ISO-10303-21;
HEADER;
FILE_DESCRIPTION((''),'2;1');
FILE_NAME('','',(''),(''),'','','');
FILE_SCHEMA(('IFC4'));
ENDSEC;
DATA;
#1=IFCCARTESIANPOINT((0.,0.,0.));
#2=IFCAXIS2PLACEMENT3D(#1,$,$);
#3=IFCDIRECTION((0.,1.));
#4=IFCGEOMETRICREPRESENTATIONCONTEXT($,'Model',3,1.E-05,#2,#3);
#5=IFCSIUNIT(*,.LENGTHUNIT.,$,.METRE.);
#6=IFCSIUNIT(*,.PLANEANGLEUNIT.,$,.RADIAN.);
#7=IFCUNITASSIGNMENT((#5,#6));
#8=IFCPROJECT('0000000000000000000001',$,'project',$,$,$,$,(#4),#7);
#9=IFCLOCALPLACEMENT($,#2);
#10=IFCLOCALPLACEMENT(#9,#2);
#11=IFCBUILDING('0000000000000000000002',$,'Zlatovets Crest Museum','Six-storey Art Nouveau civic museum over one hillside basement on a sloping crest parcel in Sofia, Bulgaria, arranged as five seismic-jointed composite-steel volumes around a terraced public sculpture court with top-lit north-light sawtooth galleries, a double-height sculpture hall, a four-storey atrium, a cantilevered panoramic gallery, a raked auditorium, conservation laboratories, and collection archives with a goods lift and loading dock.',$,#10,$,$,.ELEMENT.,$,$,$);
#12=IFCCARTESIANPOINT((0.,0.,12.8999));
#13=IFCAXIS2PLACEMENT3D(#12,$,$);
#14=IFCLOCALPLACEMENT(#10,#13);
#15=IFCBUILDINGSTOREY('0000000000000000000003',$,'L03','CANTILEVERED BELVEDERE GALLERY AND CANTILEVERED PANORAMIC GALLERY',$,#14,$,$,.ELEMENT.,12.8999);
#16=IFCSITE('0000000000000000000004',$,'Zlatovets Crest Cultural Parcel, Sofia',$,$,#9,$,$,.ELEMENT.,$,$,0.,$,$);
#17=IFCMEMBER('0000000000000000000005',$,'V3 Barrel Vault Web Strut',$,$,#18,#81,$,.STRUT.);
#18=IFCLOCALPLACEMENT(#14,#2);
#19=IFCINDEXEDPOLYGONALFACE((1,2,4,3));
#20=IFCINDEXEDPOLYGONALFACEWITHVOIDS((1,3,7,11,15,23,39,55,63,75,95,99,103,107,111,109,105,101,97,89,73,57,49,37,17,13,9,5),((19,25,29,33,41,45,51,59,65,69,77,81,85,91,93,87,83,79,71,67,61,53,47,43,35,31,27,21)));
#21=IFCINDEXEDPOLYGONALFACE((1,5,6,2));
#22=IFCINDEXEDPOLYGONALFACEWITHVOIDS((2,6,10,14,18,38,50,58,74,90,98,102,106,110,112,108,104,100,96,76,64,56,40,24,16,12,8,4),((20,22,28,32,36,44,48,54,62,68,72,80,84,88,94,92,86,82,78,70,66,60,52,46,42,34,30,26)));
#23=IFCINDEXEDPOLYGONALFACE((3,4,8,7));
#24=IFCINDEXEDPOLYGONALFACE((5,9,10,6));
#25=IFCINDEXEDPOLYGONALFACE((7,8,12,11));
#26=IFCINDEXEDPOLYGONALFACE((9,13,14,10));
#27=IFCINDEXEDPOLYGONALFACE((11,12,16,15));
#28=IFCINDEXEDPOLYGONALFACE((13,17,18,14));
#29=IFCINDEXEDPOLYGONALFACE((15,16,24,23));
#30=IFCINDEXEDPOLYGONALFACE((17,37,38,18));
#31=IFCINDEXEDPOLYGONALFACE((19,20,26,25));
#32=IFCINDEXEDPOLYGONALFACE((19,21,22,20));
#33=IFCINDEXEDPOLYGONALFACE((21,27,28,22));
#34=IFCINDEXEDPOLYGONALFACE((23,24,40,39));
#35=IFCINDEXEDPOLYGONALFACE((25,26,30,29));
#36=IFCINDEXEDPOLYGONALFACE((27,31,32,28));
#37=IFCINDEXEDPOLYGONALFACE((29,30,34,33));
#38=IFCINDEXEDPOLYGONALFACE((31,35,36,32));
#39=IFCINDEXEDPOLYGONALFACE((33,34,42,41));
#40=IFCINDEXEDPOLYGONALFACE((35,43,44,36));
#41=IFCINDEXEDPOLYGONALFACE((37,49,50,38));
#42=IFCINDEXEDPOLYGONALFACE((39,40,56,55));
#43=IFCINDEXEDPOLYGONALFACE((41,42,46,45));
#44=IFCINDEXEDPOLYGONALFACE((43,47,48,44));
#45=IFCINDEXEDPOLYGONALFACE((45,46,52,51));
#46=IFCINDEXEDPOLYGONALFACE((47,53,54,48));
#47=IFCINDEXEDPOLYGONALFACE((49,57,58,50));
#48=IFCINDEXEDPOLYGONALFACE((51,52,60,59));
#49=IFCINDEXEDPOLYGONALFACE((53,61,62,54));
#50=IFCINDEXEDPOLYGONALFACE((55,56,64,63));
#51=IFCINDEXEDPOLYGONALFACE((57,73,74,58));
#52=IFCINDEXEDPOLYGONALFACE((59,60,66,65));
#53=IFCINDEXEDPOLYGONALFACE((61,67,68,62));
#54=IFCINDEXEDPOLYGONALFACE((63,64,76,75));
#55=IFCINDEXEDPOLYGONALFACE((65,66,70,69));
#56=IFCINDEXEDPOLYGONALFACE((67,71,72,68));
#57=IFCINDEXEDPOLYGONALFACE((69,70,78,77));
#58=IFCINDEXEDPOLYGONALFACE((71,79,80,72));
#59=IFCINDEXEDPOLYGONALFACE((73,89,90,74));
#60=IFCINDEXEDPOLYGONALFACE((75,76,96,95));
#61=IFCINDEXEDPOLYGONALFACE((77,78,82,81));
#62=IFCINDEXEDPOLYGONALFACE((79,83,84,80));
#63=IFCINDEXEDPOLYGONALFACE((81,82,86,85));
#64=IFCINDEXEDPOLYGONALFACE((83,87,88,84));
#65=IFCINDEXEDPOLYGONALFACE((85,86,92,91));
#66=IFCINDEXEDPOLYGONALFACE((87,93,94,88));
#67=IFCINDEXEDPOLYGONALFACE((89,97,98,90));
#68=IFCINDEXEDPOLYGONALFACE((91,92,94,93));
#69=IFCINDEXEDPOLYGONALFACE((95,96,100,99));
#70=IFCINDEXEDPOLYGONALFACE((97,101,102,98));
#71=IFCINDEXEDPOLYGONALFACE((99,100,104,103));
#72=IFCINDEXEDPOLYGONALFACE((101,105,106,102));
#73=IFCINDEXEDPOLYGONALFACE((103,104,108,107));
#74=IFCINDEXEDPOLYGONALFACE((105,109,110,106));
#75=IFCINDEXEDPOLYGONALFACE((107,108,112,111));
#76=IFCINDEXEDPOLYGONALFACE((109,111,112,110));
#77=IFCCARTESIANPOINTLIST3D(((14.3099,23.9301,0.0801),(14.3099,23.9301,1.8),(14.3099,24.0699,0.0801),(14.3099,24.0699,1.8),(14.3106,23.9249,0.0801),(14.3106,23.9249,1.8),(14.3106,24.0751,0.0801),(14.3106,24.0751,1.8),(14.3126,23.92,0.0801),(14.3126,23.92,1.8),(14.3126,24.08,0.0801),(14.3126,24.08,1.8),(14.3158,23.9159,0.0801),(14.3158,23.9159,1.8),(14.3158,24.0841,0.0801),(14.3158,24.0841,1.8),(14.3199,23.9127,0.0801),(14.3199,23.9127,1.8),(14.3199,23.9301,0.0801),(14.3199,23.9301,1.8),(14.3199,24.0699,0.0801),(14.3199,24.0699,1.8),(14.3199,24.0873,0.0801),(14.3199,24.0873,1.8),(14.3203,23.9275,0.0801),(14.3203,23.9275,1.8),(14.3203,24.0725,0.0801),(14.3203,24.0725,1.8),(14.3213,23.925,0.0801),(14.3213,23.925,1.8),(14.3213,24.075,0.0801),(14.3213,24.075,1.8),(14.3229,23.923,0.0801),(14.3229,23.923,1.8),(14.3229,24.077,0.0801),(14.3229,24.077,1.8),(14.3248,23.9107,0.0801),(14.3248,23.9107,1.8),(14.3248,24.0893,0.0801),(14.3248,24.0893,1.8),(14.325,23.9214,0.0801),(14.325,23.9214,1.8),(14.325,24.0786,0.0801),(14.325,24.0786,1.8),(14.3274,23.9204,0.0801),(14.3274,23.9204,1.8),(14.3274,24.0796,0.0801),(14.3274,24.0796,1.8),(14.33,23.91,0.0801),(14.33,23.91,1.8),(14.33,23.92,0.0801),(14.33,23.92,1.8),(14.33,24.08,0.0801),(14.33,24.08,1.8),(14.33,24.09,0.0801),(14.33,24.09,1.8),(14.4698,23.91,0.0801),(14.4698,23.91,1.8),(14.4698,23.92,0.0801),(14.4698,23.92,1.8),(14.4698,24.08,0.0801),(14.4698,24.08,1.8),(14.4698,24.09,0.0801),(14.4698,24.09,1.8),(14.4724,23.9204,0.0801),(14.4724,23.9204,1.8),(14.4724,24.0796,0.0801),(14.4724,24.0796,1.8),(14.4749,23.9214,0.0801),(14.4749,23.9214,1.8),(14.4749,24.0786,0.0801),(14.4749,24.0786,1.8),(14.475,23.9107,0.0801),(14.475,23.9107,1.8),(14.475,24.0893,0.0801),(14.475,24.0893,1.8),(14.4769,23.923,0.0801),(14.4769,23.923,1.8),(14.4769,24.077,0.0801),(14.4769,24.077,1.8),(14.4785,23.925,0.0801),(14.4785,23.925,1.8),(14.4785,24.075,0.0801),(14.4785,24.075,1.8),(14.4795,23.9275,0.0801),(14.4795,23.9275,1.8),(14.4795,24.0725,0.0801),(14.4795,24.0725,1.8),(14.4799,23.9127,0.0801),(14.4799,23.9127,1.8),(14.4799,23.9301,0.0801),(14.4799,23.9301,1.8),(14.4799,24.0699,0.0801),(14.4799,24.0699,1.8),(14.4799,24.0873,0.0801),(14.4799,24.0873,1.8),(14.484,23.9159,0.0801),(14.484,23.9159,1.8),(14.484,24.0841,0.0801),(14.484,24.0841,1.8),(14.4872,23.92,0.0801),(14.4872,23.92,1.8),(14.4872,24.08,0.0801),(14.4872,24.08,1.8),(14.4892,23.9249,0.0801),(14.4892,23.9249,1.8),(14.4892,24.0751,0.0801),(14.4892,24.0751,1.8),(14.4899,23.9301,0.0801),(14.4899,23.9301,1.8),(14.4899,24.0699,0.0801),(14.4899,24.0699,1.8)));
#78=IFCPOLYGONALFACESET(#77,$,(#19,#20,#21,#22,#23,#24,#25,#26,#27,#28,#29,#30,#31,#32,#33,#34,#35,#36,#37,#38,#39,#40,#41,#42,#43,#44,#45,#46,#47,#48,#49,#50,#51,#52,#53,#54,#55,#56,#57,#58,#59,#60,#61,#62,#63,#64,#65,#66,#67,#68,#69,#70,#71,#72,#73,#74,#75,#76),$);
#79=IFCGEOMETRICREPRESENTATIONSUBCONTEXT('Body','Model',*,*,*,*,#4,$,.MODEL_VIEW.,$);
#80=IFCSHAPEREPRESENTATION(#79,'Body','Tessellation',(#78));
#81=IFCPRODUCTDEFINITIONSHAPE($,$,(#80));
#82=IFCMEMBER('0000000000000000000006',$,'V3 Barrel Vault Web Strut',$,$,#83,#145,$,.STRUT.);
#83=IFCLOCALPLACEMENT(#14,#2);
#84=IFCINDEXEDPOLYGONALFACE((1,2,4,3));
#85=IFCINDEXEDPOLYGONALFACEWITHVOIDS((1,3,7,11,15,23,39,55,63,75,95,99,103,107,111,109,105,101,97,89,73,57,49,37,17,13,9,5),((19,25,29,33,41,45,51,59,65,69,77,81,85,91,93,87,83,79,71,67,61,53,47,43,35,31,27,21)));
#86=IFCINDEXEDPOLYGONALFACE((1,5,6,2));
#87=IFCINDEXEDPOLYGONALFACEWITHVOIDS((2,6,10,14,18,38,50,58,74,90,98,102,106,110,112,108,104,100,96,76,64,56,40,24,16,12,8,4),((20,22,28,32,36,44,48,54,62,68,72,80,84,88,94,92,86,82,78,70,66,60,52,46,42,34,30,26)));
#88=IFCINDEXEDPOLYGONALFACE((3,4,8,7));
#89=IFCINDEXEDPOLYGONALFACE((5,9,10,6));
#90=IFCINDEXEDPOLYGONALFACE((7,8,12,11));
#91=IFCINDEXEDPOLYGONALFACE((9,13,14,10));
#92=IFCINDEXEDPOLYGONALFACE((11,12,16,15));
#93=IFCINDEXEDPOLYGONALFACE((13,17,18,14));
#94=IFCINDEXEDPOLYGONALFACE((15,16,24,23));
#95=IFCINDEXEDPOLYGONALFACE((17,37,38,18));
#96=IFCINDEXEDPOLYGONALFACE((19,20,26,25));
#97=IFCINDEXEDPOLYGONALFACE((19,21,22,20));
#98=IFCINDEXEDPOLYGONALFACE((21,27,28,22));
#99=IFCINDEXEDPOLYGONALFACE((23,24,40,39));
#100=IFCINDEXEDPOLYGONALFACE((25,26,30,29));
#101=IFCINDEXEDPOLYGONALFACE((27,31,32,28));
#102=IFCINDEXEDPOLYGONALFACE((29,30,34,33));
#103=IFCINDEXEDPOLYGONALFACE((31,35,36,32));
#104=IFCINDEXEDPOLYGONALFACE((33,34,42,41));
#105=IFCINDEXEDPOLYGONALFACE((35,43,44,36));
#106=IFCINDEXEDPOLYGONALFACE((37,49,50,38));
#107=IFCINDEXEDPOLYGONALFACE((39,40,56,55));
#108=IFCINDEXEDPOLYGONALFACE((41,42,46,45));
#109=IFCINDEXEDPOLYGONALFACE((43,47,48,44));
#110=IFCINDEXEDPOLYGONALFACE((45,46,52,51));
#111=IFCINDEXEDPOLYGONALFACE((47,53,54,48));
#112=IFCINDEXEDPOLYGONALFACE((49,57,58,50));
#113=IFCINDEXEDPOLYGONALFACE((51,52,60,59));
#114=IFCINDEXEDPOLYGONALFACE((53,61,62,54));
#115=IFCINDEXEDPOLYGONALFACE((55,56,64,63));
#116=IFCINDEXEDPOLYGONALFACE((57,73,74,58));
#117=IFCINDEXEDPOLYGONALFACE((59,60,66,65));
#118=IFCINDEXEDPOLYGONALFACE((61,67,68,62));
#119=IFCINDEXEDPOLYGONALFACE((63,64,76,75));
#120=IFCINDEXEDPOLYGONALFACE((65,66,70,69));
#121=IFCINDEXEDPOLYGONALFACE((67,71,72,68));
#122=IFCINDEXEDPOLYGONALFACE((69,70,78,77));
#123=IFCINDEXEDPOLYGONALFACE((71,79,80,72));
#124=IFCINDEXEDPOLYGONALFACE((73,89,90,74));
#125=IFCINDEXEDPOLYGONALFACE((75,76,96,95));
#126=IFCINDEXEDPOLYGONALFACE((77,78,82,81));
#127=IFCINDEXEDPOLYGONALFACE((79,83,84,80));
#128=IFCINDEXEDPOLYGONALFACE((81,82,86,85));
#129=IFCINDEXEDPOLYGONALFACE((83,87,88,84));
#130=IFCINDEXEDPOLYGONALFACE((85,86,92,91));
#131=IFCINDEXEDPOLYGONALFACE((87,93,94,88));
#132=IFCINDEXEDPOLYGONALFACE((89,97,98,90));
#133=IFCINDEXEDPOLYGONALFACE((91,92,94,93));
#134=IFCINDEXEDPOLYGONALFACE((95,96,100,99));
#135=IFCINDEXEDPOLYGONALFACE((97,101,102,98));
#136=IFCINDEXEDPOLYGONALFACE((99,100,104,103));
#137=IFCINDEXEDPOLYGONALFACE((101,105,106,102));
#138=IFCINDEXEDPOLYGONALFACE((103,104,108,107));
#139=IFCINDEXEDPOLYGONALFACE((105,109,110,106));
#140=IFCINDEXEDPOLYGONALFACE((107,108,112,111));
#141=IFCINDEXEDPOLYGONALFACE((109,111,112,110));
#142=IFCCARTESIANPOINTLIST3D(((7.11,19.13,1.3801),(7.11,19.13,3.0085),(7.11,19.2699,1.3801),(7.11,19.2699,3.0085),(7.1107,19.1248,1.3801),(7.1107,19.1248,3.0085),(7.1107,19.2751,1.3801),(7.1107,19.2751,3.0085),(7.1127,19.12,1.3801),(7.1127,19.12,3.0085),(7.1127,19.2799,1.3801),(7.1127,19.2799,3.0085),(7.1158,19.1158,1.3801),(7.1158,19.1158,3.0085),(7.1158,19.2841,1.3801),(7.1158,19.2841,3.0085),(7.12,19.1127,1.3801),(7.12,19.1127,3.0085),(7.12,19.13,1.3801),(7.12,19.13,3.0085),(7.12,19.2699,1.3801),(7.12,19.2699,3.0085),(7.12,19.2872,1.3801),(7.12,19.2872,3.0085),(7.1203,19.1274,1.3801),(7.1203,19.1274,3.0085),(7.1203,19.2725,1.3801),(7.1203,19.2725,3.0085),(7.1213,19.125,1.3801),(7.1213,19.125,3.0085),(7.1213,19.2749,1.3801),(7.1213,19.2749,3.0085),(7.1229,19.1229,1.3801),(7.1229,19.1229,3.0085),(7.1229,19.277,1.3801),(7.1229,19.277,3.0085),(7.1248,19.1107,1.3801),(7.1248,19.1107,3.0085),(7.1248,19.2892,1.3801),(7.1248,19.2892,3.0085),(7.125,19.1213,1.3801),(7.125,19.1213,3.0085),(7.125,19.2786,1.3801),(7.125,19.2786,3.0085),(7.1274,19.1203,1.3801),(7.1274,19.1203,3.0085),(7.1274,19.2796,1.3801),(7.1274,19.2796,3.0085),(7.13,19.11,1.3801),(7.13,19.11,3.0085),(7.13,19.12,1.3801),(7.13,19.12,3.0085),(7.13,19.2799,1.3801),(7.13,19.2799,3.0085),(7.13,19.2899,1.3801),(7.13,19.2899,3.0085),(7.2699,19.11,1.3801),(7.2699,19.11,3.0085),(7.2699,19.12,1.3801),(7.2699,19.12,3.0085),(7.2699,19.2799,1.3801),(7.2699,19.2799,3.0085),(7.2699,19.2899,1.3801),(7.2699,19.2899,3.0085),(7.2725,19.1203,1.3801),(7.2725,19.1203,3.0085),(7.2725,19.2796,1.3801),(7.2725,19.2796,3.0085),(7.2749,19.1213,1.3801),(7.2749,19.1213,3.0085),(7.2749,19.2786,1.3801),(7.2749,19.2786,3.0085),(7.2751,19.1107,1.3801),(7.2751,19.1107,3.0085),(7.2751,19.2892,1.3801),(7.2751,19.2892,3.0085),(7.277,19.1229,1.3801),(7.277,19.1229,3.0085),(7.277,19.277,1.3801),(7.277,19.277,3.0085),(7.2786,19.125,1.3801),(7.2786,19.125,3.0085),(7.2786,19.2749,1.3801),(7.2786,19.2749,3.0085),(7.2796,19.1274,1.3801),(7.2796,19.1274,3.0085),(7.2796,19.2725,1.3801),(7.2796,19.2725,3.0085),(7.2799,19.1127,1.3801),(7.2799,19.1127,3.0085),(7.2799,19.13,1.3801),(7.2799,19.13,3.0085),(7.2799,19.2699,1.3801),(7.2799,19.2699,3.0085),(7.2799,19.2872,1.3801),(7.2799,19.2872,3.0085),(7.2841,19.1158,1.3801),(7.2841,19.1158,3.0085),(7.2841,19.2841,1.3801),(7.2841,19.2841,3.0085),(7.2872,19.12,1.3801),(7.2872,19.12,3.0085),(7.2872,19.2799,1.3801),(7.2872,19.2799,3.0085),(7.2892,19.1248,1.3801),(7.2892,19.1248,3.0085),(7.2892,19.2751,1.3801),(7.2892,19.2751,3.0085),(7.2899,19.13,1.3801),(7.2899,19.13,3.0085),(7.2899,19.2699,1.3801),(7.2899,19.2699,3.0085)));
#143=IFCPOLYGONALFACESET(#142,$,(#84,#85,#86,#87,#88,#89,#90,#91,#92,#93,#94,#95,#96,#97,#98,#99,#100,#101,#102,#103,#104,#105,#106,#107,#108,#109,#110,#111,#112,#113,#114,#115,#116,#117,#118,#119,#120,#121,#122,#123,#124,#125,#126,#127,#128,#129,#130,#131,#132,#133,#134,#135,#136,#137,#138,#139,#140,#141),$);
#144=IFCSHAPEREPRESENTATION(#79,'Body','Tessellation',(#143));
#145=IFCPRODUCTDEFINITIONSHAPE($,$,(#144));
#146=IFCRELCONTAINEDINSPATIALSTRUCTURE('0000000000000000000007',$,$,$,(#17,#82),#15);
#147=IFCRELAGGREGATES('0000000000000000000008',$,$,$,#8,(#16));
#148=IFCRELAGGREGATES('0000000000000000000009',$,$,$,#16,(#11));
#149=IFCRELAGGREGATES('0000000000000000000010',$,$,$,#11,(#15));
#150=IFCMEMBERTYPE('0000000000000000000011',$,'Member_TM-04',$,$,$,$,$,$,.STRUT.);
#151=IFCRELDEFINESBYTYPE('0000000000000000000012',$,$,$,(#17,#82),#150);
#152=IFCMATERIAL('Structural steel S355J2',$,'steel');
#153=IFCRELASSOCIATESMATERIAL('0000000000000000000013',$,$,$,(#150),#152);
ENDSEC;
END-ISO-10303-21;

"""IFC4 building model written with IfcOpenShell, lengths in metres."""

from ifc_helpers import new_model, si_unit, direction, frame, origin, origin_2d, place, context, subcontext, project, spatial, hollow_rectangle, extrude, material, material_profile, profile_set, type_object, element, save


model = new_model("IFC4")

# Units and contexts
model_context = context("Model", 3, precision=1e-05, world=origin(), true_north=direction((0.0, 1.0)))
body_context = subcontext(model_context, "Body", "Model", "MODEL_VIEW")
ifc_project = project(units=[si_unit("LENGTHUNIT", "METRE"), si_unit("PLANEANGLEUNIT", "RADIAN")], contexts=[model_context])

# Site, building, storey
site_placement = place(None, origin())
site = spatial("IfcSite", under=ifc_project, at=site_placement, Name="Zlatovets Crest Cultural Parcel, Sofia", CompositionType="ELEMENT", RefElevation=0.0)
building_placement = place(site_placement, origin())
building = spatial("IfcBuilding", under=site, at=building_placement, Name="Zlatovets Crest Museum", Description="Six-storey Art Nouveau civic museum over one hillside basement on a sloping crest parcel in Sofia, Bulgaria, arranged as five seismic-jointed composite-steel volumes around a terraced public sculpture court with top-lit north-light sawtooth galleries, a double-height sculpture hall, a four-storey atrium, a cantilevered panoramic gallery, a raked auditorium, conservation laboratories, and collection archives with a goods lift and loading dock.", CompositionType="ELEMENT")
storey_placement = place(building_placement, frame((0.0, 0.0, 12.8999)))
storey = spatial("IfcBuildingStorey", under=building, at=storey_placement, Name="L03", Description="CANTILEVERED BELVEDERE GALLERY AND CANTILEVERED PANORAMIC GALLERY", CompositionType="ELEMENT", Elevation=12.8999)

# Shared definitions
ifc_material_1 = material(Name="Structural steel S355J2", Category="steel")

# Members
ifc_material_profile_1 = material_profile(ifc_material_1, hollow_rectangle(XDim=0.1799, YDim=0.1799, WallThickness=0.01, InnerFilletRadius=0.01, OuterFilletRadius=0.02, at=origin_2d()), Name="SHS 180x180x10.0")
ifc_profile_set_1 = profile_set([ifc_material_profile_1], Name="Structural steel S355J2")
member_type_1 = type_object("IfcMemberType", Name="Member_TM-04", PredefinedType="STRUT", material=ifc_profile_set_1)
member_1_placement = place(storey_placement, frame((14.3999, 24.0, 0.0801), z_axis=(0.0, 0.0, 1.0), x_axis=(1.0, 0.0, 0.0)))
element("IfcMember", 1, at=member_1_placement, inside=storey, type_object=member_type_1, Name="V3 Barrel Vault Web Strut", PredefinedType="STRUT", context=body_context, shape_type="SweptSolid", body=[
    extrude(hollow_rectangle(XDim=0.1799, YDim=0.1799, WallThickness=0.01, InnerFilletRadius=0.01, OuterFilletRadius=0.02, at=origin_2d()), origin(), (0.0, 0.0, 1.0), 1.72),
])
member_2_placement = place(storey_placement, frame((7.2, 19.2, 1.3801), z_axis=(0.0, 0.0, 1.0), x_axis=(1.0, 0.0, 0.0)))
element("IfcMember", 2, at=member_2_placement, inside=storey, type_object=member_type_1, Name="V3 Barrel Vault Web Strut", PredefinedType="STRUT", context=body_context, shape_type="SweptSolid", body=[
    extrude(hollow_rectangle(XDim=0.1799, YDim=0.1799, WallThickness=0.01, InnerFilletRadius=0.01, OuterFilletRadius=0.02, at=origin_2d()), origin(), (0.0, 0.0, 1.0), 1.6284),
])

save(model, "model.ifc")
